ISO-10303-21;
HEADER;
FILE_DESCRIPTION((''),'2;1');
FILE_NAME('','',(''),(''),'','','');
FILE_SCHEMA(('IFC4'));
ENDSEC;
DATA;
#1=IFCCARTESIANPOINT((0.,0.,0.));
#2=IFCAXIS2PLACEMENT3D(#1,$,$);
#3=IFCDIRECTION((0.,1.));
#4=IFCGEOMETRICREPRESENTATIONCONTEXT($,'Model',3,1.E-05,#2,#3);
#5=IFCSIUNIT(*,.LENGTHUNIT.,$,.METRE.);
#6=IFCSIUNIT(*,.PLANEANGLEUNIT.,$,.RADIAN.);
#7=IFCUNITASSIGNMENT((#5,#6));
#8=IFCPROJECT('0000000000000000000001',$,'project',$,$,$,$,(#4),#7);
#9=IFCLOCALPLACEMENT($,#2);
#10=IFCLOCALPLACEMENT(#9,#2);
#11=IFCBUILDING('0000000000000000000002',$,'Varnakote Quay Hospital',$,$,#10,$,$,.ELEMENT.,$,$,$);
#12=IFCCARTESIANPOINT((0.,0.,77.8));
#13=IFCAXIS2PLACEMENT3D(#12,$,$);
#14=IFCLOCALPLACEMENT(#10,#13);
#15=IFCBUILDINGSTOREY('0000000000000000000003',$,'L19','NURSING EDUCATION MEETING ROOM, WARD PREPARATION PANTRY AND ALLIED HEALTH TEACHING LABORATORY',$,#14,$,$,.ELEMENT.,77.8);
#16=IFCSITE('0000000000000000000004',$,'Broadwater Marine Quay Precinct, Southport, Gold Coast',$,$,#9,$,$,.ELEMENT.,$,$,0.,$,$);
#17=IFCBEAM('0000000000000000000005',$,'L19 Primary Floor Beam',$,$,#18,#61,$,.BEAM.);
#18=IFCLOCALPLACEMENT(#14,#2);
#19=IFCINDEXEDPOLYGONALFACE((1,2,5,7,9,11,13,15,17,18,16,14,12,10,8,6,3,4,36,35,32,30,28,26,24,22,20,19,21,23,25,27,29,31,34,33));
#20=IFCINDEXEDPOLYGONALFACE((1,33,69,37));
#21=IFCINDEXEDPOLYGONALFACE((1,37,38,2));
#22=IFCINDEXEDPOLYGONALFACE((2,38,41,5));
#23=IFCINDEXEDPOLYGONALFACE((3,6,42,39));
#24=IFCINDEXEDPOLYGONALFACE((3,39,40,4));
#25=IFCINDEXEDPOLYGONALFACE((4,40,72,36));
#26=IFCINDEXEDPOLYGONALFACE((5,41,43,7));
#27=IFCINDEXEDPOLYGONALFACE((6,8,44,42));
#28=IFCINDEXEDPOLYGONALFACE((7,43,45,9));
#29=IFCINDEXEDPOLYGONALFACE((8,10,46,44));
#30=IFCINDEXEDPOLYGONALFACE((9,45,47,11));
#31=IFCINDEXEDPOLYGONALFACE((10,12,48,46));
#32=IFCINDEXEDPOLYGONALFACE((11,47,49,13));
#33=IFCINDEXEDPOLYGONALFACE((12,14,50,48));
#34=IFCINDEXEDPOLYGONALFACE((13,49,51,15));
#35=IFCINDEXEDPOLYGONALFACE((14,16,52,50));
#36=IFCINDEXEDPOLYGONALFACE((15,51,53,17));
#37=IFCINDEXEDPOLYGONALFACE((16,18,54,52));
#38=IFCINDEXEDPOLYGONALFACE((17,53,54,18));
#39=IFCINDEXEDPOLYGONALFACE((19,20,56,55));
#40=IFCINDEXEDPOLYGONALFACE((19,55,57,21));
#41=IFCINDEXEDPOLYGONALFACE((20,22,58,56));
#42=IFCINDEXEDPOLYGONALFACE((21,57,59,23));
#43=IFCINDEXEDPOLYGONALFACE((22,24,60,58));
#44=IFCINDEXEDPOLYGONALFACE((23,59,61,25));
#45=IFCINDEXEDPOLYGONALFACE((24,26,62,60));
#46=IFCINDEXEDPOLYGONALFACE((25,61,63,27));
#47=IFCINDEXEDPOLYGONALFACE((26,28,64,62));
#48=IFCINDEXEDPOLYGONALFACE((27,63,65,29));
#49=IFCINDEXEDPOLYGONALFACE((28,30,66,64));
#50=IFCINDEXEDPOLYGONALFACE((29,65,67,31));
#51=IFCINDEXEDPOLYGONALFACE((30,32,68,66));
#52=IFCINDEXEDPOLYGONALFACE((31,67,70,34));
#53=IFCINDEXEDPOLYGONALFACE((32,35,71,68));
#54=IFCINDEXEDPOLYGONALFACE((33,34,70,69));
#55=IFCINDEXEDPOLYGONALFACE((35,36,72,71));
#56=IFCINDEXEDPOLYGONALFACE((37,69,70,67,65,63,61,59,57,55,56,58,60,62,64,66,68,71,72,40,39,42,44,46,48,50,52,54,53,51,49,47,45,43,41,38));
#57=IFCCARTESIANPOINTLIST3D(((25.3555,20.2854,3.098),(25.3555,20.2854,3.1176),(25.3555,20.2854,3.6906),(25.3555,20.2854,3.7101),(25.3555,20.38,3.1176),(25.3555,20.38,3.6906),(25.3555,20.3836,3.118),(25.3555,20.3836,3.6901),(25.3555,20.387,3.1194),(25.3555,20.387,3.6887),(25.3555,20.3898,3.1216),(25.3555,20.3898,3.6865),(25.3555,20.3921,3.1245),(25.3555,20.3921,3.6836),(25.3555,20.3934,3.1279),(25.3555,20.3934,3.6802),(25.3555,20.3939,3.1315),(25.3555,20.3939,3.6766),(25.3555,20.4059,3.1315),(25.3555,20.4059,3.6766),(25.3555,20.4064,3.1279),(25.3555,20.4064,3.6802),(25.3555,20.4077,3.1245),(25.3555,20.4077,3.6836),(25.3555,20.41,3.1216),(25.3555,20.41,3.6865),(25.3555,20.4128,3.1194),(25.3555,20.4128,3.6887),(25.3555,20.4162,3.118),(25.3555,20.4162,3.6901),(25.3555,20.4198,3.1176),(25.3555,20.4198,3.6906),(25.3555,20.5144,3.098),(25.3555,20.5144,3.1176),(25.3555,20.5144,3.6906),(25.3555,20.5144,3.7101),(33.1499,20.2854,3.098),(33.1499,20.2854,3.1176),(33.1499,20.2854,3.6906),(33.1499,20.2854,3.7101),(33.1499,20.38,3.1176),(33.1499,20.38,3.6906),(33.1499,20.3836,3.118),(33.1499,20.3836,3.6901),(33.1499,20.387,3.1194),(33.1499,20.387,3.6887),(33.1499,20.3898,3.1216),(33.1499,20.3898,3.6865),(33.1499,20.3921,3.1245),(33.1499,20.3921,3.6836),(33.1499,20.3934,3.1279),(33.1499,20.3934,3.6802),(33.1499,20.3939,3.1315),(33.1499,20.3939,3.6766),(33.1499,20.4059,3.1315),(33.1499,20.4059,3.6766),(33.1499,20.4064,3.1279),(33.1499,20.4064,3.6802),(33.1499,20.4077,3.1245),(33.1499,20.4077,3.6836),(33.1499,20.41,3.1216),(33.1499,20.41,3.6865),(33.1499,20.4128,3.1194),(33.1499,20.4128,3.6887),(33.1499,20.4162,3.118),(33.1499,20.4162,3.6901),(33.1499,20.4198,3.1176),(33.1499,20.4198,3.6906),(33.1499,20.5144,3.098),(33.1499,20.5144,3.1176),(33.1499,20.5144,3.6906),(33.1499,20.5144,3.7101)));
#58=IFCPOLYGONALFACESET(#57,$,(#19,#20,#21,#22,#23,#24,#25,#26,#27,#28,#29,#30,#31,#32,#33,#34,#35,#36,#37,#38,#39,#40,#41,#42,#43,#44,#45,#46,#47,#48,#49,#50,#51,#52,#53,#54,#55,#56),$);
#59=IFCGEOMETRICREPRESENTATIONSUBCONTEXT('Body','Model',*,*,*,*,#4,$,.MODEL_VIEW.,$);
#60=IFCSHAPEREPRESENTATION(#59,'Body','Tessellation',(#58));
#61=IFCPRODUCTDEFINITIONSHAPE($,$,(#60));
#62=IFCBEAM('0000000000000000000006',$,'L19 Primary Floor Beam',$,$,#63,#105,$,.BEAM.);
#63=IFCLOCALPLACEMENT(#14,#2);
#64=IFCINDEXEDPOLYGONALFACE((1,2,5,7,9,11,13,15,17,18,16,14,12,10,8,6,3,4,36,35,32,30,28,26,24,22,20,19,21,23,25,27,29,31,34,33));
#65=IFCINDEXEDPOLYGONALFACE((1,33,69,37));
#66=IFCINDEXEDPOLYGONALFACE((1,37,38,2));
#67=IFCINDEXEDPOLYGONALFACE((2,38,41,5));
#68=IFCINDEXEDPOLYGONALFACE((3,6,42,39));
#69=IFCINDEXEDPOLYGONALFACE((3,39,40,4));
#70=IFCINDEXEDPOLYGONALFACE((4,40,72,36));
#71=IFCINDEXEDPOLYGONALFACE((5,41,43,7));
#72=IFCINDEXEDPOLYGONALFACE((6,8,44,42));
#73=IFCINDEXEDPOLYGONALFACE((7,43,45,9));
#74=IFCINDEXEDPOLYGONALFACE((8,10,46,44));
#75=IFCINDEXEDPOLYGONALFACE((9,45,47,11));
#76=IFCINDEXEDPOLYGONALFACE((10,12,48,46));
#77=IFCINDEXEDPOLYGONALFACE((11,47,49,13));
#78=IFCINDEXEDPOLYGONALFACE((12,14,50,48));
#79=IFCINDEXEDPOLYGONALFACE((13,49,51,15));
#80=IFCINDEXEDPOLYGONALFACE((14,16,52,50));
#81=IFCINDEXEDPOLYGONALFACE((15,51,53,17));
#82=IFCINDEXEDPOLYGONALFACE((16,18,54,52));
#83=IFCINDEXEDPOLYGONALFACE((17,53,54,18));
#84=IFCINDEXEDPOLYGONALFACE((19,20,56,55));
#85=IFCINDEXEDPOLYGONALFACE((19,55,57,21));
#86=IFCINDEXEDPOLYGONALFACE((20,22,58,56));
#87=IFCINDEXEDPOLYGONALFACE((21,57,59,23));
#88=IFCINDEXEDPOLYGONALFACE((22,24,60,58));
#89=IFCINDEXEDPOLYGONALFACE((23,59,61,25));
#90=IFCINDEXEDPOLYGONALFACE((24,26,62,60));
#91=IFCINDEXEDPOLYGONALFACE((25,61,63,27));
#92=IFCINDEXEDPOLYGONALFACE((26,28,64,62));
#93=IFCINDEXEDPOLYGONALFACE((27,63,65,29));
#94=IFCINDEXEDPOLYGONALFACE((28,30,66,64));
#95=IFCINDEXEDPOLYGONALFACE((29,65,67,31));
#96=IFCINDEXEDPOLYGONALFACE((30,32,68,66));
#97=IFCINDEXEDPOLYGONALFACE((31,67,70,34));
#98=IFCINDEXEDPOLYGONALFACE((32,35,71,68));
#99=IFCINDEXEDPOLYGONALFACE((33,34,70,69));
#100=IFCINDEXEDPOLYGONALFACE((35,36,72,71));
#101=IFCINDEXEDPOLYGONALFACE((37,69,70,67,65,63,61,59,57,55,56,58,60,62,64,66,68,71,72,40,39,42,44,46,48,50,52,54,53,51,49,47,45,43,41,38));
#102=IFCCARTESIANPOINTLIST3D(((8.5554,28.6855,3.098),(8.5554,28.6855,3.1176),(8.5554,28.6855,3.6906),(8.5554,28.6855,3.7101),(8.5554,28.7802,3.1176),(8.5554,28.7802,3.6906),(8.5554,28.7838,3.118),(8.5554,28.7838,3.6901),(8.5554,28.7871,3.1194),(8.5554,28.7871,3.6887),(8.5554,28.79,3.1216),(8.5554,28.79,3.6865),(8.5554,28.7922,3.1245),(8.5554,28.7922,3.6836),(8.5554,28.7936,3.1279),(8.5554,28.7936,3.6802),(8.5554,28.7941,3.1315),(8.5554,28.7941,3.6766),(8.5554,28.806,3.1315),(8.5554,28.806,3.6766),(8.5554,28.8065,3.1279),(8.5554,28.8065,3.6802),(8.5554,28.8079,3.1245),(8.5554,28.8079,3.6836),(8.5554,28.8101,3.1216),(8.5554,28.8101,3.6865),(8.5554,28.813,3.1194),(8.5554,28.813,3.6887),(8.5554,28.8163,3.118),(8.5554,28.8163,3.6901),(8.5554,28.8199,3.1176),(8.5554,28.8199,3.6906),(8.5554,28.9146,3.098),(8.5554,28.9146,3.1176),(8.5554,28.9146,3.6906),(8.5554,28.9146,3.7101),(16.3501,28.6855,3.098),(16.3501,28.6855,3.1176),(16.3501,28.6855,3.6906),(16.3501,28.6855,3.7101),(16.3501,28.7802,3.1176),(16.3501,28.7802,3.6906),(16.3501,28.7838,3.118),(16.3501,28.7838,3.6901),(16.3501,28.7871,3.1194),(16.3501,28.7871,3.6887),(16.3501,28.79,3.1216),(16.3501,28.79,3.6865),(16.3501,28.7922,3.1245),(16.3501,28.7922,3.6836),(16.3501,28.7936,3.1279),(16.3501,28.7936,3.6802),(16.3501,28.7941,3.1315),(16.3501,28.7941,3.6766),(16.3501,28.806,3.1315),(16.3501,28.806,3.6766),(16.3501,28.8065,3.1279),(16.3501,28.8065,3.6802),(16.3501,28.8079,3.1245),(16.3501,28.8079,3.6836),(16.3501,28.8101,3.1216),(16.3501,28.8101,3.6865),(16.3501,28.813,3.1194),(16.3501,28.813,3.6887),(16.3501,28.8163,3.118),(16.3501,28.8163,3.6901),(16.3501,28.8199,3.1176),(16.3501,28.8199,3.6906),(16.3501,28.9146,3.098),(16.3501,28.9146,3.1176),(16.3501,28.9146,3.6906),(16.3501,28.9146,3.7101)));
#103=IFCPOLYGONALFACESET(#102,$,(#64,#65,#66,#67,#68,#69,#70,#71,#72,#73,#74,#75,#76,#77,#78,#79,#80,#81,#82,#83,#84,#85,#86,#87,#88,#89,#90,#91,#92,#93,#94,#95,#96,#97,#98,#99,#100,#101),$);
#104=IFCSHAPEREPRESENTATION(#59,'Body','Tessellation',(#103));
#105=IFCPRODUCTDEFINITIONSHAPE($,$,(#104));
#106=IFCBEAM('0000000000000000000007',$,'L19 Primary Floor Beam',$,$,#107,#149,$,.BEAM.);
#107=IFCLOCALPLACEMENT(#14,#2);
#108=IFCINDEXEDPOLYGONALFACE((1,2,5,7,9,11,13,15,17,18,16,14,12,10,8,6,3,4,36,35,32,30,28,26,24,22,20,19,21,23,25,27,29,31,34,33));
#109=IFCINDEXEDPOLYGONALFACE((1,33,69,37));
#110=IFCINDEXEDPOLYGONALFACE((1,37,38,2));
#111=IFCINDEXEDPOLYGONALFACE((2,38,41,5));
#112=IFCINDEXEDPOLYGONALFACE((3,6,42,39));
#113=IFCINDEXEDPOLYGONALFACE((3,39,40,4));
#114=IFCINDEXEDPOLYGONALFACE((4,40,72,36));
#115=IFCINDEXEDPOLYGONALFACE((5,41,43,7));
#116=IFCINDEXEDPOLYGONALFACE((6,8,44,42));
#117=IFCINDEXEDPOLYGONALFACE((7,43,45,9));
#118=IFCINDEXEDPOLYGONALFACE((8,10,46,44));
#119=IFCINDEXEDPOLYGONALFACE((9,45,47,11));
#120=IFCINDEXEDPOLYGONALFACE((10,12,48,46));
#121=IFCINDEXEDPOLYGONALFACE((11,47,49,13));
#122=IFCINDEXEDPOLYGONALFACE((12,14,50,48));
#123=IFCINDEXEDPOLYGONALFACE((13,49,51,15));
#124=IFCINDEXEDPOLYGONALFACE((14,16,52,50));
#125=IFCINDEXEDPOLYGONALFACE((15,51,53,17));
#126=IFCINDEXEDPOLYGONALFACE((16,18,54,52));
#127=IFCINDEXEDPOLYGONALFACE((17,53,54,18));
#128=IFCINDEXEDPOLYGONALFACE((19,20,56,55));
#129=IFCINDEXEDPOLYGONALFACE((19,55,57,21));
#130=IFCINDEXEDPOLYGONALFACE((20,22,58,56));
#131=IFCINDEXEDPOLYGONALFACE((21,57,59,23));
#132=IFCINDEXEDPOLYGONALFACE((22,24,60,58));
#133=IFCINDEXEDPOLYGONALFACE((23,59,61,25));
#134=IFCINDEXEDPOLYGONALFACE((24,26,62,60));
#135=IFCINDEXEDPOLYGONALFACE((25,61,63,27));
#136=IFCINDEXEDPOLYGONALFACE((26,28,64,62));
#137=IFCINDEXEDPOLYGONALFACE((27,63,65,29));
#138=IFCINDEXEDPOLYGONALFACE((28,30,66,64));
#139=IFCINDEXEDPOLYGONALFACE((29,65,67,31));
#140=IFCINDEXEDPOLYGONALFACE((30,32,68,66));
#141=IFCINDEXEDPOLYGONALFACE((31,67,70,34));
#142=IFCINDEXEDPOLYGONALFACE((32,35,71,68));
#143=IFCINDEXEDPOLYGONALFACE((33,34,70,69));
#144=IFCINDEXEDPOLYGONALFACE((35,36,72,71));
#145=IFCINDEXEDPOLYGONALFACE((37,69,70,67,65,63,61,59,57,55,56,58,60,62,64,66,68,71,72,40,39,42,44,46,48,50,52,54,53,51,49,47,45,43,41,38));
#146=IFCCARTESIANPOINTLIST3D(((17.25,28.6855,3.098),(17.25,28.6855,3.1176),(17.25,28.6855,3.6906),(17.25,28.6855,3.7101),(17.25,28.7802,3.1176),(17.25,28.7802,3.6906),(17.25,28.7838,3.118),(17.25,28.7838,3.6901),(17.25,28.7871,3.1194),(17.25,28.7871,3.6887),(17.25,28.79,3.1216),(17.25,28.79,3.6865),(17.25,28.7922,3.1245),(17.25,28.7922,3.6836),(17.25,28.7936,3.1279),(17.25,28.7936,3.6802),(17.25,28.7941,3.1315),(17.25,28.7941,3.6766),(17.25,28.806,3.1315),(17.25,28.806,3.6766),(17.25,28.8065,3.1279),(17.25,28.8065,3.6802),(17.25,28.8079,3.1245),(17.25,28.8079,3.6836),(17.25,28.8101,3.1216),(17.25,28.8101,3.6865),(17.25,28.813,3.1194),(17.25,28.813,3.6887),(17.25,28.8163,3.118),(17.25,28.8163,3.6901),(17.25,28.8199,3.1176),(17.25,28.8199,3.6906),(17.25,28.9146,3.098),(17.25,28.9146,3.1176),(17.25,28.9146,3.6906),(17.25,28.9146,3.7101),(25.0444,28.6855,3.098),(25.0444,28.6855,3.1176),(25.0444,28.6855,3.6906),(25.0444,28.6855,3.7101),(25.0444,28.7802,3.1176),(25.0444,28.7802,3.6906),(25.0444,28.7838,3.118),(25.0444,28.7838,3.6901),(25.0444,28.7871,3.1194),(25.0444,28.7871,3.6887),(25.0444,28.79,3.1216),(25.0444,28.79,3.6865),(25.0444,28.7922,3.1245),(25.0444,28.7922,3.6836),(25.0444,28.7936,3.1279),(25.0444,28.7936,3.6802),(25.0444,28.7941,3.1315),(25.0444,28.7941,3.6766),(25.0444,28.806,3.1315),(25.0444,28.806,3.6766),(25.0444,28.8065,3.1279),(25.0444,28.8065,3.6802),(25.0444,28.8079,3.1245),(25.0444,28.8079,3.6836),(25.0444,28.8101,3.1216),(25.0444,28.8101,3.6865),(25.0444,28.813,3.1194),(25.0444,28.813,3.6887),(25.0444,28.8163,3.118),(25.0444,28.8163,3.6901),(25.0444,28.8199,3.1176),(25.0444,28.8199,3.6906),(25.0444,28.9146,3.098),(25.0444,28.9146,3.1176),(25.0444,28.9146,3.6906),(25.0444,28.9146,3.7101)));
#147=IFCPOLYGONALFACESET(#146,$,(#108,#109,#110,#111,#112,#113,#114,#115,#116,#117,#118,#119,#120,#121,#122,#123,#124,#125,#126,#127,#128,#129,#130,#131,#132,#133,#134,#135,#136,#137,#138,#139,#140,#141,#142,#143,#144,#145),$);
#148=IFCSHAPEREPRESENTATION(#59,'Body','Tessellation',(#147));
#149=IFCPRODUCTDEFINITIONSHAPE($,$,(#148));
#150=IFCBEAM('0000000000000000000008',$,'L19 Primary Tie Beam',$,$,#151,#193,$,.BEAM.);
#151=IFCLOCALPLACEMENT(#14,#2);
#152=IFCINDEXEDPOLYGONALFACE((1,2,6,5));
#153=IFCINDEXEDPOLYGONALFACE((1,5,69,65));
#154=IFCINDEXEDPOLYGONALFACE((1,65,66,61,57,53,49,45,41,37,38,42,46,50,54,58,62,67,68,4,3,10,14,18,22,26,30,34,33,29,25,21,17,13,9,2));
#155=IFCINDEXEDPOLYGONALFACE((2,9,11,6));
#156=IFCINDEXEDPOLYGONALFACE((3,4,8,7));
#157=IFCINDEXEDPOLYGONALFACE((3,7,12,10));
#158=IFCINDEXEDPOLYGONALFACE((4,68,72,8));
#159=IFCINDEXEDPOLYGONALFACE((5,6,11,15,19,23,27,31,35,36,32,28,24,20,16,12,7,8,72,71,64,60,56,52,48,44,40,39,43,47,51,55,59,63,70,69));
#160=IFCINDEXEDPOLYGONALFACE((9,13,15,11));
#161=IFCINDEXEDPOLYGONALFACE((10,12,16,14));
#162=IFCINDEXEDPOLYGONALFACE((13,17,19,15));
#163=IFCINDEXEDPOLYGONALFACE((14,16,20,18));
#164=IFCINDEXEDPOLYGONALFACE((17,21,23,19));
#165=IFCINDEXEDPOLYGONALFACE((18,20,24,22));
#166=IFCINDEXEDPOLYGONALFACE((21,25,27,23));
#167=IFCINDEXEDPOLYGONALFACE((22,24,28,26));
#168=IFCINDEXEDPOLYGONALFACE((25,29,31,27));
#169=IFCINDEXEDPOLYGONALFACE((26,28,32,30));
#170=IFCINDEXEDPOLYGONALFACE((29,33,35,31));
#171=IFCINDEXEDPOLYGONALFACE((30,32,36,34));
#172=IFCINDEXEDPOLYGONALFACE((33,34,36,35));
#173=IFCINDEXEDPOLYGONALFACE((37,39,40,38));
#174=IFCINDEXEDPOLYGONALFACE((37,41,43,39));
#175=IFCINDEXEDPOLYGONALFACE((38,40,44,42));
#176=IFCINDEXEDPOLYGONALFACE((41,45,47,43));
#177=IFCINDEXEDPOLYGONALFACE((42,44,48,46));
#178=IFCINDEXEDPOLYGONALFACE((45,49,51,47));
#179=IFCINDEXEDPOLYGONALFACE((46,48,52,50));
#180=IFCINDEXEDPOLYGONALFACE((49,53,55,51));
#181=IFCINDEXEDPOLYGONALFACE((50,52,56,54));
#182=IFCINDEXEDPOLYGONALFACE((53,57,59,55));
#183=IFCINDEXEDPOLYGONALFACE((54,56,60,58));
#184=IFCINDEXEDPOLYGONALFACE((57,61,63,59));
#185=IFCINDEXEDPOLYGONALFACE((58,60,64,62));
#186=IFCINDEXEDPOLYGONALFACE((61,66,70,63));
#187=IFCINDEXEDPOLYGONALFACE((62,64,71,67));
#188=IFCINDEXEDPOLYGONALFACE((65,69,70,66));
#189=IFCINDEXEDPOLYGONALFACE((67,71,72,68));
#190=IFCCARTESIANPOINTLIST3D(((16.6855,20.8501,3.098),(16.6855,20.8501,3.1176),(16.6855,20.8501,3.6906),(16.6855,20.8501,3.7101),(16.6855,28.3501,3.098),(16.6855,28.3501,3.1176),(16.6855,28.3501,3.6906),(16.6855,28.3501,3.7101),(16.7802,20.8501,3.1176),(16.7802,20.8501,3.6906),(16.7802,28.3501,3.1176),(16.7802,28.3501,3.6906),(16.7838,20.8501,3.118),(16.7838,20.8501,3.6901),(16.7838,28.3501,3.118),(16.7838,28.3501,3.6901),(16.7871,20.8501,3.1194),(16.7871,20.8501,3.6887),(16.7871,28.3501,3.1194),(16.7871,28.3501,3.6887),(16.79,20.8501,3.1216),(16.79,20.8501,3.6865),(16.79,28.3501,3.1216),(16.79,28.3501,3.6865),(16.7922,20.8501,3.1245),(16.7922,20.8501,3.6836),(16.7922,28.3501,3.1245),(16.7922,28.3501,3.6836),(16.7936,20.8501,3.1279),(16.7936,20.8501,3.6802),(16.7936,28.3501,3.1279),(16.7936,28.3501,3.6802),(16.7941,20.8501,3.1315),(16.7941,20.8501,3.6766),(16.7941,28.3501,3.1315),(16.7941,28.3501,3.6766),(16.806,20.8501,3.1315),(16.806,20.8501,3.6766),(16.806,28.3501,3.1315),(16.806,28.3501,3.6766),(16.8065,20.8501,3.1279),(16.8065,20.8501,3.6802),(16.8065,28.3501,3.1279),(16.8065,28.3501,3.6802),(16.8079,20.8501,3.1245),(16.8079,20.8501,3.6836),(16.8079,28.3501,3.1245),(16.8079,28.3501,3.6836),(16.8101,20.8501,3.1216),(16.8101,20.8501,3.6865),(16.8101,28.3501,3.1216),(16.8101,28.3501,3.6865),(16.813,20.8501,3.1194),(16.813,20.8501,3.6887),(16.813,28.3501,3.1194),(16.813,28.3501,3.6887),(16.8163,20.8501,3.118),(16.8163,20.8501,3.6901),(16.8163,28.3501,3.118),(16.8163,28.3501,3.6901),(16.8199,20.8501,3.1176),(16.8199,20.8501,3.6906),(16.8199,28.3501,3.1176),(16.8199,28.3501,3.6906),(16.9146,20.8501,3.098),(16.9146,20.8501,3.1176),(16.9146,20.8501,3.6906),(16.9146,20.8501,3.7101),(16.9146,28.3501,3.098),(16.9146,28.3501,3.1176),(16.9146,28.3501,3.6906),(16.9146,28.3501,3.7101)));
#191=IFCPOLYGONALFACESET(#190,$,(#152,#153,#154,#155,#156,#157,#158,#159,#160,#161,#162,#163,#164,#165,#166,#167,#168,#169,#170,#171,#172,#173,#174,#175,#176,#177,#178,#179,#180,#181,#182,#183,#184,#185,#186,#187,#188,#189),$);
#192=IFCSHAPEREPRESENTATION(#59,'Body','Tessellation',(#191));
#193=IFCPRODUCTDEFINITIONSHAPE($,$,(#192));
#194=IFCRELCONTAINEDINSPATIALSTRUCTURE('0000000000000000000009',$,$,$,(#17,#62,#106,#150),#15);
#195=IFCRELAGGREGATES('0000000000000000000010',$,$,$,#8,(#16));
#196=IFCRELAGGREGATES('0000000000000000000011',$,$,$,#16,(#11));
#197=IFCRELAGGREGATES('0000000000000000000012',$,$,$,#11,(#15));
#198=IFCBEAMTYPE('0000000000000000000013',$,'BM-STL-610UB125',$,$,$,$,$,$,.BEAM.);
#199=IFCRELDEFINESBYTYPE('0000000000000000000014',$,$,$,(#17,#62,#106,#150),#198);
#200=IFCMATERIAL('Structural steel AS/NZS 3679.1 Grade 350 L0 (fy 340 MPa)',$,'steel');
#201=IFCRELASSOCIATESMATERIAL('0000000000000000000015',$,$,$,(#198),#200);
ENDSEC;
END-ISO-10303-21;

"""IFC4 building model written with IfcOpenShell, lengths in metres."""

from ifc_helpers import new_model, si_unit, direction, frame, origin, origin_2d, place, context, subcontext, project, spatial, i_section, extrude, material, material_profile, profile_set, type_object, element, save


model = new_model("IFC4")

# Units and contexts
model_context = context("Model", 3, precision=1e-05, world=origin(), true_north=direction((0.0, 1.0)))
body_context = subcontext(model_context, "Body", "Model", "MODEL_VIEW")
ifc_project = project(units=[si_unit("LENGTHUNIT", "METRE"), si_unit("PLANEANGLEUNIT", "RADIAN")], contexts=[model_context])

# Site, building, storey
site_placement = place(None, origin())
site = spatial("IfcSite", under=ifc_project, at=site_placement, Name="Broadwater Marine Quay Precinct, Southport, Gold Coast", CompositionType="ELEMENT", RefElevation=0.0)
building_placement = place(site_placement, origin())
building = spatial("IfcBuilding", under=site, at=building_placement, Name="Varnakote Quay Hospital", CompositionType="ELEMENT")
storey_placement = place(building_placement, frame((0.0, 0.0, 77.8)))
storey = spatial("IfcBuildingStorey", under=building, at=storey_placement, Name="L19", Description="NURSING EDUCATION MEETING ROOM, WARD PREPARATION PANTRY AND ALLIED HEALTH TEACHING LABORATORY", CompositionType="ELEMENT", Elevation=77.8)

# Beams
ifc_material_1 = material(Name="Structural steel AS/NZS 3679.1 Grade 350 L0 (fy 340 MPa)", Category="steel")
ifc_material_profile_1 = material_profile(ifc_material_1, i_section(OverallWidth=0.229, OverallDepth=0.6121, WebThickness=0.012, FlangeThickness=0.0195, FilletRadius=0.0139, at=origin_2d()), Name="610UB125")
ifc_profile_set_1 = profile_set([ifc_material_profile_1], Name="Structural steel AS/NZS 3679.1 Grade 350 L0 (fy 340 MPa)")
beam_type_1 = type_object("IfcBeamType", Name="BM-STL-610UB125", PredefinedType="BEAM", material=ifc_profile_set_1)
beam_1_placement = place(storey_placement, frame((25.3555, 20.3999, 3.4041), z_axis=(1.0, 0.0, 0.0), x_axis=(0.0, 1.0, 0.0)))
element("IfcBeam", 1, at=beam_1_placement, inside=storey, type_object=beam_type_1, Name="L19 Primary Floor Beam", PredefinedType="BEAM", context=body_context, shape_type="SweptSolid", body=[
    extrude(i_section(OverallWidth=0.229, OverallDepth=0.6121, WebThickness=0.012, FlangeThickness=0.0195, FilletRadius=0.0139, at=origin_2d()), origin(), (0.0, 0.0, 1.0), 7.7944),
])
beam_2_placement = place(storey_placement, frame((8.5554, 28.8, 3.4041), z_axis=(1.0, 0.0, 0.0), x_axis=(0.0, 1.0, 0.0)))
element("IfcBeam", 2, at=beam_2_placement, inside=storey, type_object=beam_type_1, Name="L19 Primary Floor Beam", PredefinedType="BEAM", context=body_context, shape_type="SweptSolid", body=[
    extrude(i_section(OverallWidth=0.229, OverallDepth=0.6121, WebThickness=0.012, FlangeThickness=0.0195, FilletRadius=0.0139, at=origin_2d()), origin(), (0.0, 0.0, 1.0), 7.7947),
])
beam_3_placement = place(storey_placement, frame((17.25, 28.8, 3.4041), z_axis=(1.0, 0.0, 0.0), x_axis=(0.0, 1.0, 0.0)))
element("IfcBeam", 3, at=beam_3_placement, inside=storey, type_object=beam_type_1, Name="L19 Primary Floor Beam", PredefinedType="BEAM", context=body_context, shape_type="SweptSolid", body=[
    extrude(i_section(OverallWidth=0.229, OverallDepth=0.6121, WebThickness=0.012, FlangeThickness=0.0195, FilletRadius=0.0139, at=origin_2d()), origin(), (0.0, 0.0, 1.0), 7.7944),
])
beam_4_placement = place(storey_placement, frame((16.8, 20.8501, 3.4041), z_axis=(0.0, 1.0, 0.0), x_axis=(-1.0, 0.0, 0.0)))
element("IfcBeam", 4, at=beam_4_placement, inside=storey, type_object=beam_type_1, Name="L19 Primary Tie Beam", PredefinedType="BEAM", context=body_context, shape_type="SweptSolid", body=[
    extrude(i_section(OverallWidth=0.229, OverallDepth=0.6121, WebThickness=0.012, FlangeThickness=0.0195, FilletRadius=0.0139, at=origin_2d()), origin(), (0.0, 0.0, 1.0), 7.5),
])

save(model, "model.ifc")
